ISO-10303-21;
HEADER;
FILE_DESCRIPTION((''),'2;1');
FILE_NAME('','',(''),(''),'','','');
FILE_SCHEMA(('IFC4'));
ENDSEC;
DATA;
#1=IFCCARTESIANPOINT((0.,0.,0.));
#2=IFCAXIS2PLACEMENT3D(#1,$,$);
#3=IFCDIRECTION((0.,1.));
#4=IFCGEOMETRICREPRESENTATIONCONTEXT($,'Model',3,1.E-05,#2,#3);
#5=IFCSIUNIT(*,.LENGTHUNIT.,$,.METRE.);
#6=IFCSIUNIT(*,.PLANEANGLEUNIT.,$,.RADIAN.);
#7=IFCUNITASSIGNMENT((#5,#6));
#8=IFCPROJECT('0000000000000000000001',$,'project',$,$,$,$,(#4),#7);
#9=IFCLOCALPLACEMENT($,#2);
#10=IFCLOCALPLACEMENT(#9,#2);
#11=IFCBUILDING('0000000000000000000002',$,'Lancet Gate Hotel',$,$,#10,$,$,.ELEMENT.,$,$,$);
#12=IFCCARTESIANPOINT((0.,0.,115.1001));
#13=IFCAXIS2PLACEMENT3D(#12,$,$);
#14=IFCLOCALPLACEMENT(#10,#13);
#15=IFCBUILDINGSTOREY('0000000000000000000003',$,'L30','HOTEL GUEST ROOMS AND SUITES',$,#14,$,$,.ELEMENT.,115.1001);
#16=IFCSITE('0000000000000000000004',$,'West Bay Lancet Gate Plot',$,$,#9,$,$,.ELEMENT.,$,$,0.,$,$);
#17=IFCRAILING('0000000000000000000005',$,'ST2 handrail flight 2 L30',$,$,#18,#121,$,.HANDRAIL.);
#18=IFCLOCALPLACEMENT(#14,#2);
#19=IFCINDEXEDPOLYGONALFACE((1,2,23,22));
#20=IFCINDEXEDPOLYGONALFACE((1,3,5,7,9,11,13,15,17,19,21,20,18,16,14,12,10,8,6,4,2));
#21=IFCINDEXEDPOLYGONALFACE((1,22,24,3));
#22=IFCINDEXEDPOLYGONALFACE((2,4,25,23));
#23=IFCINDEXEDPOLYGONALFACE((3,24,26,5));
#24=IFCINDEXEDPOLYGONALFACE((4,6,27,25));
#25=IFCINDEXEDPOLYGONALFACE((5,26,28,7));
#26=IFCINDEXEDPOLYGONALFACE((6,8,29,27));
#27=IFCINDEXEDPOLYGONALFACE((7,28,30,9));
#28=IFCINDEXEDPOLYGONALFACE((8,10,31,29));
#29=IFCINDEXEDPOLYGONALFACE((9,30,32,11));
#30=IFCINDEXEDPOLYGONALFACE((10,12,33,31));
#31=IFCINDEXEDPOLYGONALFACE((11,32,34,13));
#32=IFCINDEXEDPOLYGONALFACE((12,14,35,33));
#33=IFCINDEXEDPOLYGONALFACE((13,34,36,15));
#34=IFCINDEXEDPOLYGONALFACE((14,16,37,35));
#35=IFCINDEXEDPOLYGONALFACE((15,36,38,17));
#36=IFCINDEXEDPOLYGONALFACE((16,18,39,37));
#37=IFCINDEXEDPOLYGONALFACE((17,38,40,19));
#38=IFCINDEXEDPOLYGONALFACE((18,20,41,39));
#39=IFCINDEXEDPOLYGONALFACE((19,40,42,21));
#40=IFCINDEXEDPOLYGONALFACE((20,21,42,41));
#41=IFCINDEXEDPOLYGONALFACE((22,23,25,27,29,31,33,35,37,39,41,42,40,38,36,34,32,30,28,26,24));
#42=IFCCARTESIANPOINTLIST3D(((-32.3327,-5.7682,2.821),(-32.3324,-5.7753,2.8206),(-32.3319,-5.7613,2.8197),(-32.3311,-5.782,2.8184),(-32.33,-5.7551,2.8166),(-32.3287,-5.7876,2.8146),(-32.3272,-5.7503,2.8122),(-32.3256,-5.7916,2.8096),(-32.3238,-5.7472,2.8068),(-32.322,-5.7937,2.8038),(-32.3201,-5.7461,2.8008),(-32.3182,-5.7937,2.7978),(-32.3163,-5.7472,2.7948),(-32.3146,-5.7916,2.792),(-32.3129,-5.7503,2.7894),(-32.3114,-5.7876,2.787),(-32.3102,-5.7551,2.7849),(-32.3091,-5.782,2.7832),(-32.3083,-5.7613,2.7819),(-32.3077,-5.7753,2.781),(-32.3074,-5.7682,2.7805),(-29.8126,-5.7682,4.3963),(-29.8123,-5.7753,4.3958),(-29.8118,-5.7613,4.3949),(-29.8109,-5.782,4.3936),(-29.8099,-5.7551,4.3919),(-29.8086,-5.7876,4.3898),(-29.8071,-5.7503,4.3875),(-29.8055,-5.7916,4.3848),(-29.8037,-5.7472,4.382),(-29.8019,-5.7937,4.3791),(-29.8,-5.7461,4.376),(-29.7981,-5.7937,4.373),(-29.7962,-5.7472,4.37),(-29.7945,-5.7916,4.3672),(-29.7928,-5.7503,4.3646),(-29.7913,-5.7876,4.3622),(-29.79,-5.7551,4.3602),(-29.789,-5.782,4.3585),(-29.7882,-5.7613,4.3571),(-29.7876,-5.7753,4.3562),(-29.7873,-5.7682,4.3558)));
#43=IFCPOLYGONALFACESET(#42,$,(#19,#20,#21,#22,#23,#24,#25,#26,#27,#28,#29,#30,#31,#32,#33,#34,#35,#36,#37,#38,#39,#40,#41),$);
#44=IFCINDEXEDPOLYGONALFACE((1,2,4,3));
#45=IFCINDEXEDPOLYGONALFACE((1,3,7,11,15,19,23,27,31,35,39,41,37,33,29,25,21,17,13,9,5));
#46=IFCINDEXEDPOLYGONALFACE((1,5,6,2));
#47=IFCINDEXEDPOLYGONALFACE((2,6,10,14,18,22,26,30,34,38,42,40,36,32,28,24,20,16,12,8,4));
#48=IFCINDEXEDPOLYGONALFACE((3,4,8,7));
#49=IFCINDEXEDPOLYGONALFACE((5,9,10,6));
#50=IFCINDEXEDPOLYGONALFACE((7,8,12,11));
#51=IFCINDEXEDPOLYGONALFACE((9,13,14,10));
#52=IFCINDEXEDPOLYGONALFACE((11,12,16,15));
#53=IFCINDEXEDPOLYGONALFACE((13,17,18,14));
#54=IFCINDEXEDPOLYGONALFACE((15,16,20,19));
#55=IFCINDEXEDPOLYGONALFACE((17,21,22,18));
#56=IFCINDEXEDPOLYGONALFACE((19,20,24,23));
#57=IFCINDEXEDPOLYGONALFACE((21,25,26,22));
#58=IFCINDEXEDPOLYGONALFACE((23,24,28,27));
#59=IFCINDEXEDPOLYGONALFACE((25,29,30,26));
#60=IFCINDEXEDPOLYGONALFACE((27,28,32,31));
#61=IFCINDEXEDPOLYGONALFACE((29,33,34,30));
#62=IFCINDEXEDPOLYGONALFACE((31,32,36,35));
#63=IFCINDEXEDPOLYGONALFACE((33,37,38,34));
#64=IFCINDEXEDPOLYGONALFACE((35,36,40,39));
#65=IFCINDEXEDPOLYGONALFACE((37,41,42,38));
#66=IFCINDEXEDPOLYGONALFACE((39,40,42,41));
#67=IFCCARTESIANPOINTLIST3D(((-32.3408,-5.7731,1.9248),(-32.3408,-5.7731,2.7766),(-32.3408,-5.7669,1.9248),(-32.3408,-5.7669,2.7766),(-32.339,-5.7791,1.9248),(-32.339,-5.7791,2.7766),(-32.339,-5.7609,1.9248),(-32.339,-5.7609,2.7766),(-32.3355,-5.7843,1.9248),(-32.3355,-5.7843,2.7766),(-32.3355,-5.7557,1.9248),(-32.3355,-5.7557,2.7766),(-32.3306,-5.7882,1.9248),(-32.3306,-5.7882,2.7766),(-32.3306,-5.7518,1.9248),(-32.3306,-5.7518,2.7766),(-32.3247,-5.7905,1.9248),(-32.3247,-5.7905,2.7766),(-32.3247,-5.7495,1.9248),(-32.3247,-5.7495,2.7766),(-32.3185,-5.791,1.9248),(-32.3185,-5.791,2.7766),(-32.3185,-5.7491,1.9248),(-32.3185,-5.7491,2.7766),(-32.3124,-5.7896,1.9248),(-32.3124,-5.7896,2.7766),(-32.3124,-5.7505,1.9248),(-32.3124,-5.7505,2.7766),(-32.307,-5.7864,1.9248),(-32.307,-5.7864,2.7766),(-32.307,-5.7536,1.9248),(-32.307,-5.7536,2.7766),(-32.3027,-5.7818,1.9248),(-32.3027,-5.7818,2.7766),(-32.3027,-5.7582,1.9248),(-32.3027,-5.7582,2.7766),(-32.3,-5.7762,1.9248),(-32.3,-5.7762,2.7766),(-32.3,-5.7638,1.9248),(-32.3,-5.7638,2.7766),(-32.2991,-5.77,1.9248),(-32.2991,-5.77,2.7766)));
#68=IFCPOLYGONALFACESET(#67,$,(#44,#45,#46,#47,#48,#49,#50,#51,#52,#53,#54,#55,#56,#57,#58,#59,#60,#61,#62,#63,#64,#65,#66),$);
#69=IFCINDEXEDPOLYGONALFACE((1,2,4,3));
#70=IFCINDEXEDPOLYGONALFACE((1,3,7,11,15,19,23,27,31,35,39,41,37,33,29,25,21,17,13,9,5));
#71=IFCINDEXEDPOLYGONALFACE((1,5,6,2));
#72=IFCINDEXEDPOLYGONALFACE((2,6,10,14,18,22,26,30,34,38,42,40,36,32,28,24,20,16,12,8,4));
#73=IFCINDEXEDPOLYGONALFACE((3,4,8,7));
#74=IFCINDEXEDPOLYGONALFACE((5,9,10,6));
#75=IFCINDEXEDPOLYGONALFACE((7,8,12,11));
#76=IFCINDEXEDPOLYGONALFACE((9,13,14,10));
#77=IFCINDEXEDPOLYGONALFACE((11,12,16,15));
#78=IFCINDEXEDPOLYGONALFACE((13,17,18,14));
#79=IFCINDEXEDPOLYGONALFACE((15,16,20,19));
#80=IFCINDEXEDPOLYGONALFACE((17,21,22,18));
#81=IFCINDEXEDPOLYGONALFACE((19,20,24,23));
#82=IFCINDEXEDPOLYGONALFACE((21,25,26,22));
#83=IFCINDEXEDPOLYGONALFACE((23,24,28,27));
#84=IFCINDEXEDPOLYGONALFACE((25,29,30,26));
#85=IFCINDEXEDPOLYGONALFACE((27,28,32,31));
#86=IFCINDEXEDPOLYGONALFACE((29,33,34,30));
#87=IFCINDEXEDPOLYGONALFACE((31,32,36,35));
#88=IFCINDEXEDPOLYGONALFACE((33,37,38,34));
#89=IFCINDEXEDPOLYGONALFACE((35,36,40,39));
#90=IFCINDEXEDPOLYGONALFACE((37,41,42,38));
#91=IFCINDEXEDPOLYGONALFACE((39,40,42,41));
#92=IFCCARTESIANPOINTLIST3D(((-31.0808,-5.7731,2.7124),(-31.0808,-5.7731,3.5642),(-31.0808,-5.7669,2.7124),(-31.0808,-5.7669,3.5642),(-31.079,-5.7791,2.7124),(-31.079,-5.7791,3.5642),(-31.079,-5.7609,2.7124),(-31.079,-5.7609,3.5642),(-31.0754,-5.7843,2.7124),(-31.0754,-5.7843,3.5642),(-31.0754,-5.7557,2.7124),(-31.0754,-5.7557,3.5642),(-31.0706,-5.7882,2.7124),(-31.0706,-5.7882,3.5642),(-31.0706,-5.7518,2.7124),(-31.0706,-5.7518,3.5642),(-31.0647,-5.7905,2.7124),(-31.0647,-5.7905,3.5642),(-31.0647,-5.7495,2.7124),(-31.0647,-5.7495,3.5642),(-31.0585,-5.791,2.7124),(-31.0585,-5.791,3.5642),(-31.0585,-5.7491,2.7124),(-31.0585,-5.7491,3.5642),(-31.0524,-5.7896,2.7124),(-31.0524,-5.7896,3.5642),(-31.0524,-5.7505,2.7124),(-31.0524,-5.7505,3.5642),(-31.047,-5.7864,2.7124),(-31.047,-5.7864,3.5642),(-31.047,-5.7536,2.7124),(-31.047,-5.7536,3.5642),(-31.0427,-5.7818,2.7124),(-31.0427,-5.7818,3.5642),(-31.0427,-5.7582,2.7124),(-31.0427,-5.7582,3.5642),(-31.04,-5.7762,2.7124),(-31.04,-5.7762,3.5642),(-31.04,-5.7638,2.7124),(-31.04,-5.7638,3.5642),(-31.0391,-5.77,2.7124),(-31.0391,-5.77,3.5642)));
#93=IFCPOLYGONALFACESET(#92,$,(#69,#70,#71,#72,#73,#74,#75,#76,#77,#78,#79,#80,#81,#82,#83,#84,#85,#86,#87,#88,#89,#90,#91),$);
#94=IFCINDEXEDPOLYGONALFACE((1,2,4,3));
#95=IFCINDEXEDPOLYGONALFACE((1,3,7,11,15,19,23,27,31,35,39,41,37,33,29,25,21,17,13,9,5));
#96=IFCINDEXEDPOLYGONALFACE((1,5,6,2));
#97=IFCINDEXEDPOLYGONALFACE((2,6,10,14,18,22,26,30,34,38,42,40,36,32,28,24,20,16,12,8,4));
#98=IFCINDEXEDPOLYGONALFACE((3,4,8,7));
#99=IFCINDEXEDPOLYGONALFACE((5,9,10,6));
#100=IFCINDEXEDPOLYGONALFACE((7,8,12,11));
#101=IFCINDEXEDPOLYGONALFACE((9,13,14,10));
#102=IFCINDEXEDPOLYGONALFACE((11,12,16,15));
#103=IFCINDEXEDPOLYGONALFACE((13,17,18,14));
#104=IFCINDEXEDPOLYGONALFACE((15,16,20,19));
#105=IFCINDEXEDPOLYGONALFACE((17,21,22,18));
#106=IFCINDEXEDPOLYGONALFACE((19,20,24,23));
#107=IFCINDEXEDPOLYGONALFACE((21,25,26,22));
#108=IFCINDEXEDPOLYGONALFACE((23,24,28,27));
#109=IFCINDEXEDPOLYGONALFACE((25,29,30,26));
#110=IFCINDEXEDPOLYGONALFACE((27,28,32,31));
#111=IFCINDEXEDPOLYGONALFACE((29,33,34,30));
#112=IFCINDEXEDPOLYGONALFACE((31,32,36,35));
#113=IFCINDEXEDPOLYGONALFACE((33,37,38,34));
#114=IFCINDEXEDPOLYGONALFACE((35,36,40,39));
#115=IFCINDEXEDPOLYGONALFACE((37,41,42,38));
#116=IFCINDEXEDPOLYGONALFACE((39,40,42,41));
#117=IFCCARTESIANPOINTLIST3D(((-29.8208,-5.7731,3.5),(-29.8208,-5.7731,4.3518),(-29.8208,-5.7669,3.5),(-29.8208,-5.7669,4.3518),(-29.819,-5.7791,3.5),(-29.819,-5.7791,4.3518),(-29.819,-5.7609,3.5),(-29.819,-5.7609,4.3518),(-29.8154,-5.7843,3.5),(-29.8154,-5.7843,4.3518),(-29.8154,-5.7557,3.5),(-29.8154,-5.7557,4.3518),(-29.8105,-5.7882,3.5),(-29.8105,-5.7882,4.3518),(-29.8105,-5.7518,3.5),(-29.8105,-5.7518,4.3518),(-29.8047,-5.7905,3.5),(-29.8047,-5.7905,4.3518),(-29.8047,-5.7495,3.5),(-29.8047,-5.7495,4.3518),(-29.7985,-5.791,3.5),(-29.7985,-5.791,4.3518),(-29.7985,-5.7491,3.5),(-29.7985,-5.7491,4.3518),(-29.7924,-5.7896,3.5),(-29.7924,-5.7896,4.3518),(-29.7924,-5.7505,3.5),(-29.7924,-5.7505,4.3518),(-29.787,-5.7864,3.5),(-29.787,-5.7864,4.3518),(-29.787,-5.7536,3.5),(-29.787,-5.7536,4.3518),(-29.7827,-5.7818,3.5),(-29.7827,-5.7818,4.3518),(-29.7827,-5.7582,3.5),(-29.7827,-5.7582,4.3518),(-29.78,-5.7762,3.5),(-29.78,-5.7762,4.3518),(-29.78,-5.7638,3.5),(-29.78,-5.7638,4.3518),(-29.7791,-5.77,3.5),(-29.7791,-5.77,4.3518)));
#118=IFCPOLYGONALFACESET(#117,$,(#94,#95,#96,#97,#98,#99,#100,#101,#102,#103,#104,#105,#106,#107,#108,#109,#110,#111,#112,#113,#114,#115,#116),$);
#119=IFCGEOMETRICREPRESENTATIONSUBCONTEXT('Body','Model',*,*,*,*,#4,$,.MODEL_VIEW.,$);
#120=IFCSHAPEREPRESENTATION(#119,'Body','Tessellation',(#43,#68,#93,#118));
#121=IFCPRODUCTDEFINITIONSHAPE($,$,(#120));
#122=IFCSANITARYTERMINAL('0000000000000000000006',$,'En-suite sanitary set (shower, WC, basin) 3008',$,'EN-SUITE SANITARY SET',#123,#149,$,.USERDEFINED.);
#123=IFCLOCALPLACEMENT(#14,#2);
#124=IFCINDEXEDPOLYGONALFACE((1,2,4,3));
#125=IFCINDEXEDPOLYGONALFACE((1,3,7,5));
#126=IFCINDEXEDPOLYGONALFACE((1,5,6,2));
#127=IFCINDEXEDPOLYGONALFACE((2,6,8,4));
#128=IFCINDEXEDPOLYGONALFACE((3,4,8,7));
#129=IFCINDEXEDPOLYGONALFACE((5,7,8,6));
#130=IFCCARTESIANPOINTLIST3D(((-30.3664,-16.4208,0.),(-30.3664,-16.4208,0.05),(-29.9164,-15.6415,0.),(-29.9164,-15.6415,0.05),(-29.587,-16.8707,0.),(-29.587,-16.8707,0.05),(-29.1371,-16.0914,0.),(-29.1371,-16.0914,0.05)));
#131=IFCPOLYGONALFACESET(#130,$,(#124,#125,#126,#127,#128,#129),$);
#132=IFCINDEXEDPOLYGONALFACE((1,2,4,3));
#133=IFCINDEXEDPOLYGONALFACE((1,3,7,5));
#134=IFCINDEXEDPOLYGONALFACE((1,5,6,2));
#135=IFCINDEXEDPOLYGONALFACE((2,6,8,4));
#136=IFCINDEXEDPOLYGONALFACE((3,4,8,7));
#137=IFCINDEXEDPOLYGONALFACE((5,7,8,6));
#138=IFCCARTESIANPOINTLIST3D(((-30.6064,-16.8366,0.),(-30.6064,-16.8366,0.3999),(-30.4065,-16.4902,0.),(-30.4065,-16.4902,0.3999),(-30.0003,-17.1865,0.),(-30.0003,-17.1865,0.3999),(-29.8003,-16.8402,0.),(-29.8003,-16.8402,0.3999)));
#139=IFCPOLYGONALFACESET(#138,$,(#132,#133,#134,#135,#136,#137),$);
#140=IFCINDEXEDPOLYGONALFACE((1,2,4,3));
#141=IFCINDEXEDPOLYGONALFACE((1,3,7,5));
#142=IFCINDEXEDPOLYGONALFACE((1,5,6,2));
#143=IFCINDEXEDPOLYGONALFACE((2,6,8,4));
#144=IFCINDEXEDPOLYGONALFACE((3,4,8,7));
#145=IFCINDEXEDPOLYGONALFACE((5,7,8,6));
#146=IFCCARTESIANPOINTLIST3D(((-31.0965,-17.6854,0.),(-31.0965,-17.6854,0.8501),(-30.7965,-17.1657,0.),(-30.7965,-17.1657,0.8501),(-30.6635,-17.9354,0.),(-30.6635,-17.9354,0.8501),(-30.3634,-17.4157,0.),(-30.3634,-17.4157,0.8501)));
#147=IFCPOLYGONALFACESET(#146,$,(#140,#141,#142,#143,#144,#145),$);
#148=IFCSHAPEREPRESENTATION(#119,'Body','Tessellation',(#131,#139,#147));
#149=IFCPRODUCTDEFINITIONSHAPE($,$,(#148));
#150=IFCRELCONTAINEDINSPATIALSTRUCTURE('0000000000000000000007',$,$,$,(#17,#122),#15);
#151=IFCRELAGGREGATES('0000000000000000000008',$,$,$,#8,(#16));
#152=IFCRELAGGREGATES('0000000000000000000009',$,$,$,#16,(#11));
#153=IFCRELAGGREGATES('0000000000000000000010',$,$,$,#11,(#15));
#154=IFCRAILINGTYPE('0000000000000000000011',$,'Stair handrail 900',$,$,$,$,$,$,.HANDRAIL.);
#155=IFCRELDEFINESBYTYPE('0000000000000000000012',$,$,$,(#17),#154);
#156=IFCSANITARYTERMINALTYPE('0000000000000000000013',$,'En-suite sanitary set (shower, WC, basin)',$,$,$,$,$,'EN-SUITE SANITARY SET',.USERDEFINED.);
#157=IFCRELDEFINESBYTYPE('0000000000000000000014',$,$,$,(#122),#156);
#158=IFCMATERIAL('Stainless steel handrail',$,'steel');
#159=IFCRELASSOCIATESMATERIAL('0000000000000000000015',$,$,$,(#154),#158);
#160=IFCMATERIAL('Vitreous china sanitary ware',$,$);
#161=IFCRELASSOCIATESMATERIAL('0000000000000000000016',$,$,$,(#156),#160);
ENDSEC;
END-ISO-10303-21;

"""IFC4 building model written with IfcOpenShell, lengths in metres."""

from ifc_helpers import new_model, si_unit, direction, frame, origin, origin_2d, place, context, subcontext, project, spatial, rectangle, circle, extrude, material, type_object, element, save


model = new_model("IFC4")

# Units and contexts
model_context = context("Model", 3, precision=1e-05, world=origin(), true_north=direction((0.0, 1.0)))
body_context = subcontext(model_context, "Body", "Model", "MODEL_VIEW")
ifc_project = project(units=[si_unit("LENGTHUNIT", "METRE"), si_unit("PLANEANGLEUNIT", "RADIAN")], contexts=[model_context])

# Site, building, storey
site_placement = place(None, origin())
site = spatial("IfcSite", under=ifc_project, at=site_placement, Name="West Bay Lancet Gate Plot", CompositionType="ELEMENT", RefElevation=0.0)
building_placement = place(site_placement, origin())
building = spatial("IfcBuilding", under=site, at=building_placement, Name="Lancet Gate Hotel", CompositionType="ELEMENT")
storey_placement = place(building_placement, frame((0.0, 0.0, 115.1001)))
storey = spatial("IfcBuildingStorey", under=building, at=storey_placement, Name="L30", Description="HOTEL GUEST ROOMS AND SUITES", CompositionType="ELEMENT", Elevation=115.1001)

# Railing
ifc_material_1 = material(Name="Stainless steel handrail", Category="steel")
railing_type = type_object("IfcRailingType", Name="Stair handrail 900", PredefinedType="HANDRAIL", material=ifc_material_1)
railing_1_placement = place(storey_placement, frame((-32.3201, -5.77, 1.9248)))
element("IfcRailing", 1, at=railing_1_placement, inside=storey, type_object=railing_type, Name="ST2 handrail flight 2 L30", PredefinedType="HANDRAIL", context=body_context, shape_type="SweptSolid", body=[
    extrude(circle(Radius=0.0239, at=origin_2d()), frame((0.0, 0.0, 0.876), z_axis=(0.847971, 0.0, 0.530043), x_axis=(0.0, 1.0, 0.0)), (0.0, 0.0, 1.0), 2.9719),
    extrude(circle(Radius=0.021, at=origin_2d()), origin(), (0.0, 0.0, 1.0), 0.8518),
    extrude(circle(Radius=0.021, at=origin_2d()), frame((1.26, 0.0, 0.7876)), (0.0, 0.0, 1.0), 0.8518),
    extrude(circle(Radius=0.021, at=origin_2d()), frame((2.52, 0.0, 1.5752)), (0.0, 0.0, 1.0), 0.8518),
])

# Sanitary terminal
ifc_material_2 = material(Name="Vitreous china sanitary ware")
sanitary_terminal_type = type_object("IfcSanitaryTerminalType", Name="En-suite sanitary set (shower, WC, basin)", ElementType="EN-SUITE SANITARY SET", PredefinedType="USERDEFINED", material=ifc_material_2)
sanitary_terminal_placement = place(storey_placement, frame((-29.7517, -16.2561, 0.0), z_axis=(0.0, 0.0, 1.0), x_axis=(1.0, 0.0, 0.0)))
element("IfcSanitaryTerminal", 2, at=sanitary_terminal_placement, inside=storey, type_object=sanitary_terminal_type, Name="En-suite sanitary set (shower, WC, basin) 3008", ObjectType="EN-SUITE SANITARY SET", PredefinedType="USERDEFINED", context=body_context, shape_type="SweptSolid", body=[
    extrude(rectangle(XDim=0.8999, YDim=0.8999, at=origin_2d()), frame((0.0, 0.0, 0.0), z_axis=(0.0, 0.0, 1.0), x_axis=(0.5, 0.866025, 0.0)), (0.0, 0.0, 1.0), 0.05),
    extrude(rectangle(XDim=0.3999, YDim=0.7, at=origin_2d()), frame((-0.4517, -0.5823, 0.0), z_axis=(0.0, 0.0, 1.0), x_axis=(0.5, 0.866025, 0.0)), (0.0, 0.0, 1.0), 0.3999),
    extrude(rectangle(XDim=0.6001, YDim=0.5, at=origin_2d()), frame((-0.9783, -1.2944, 0.0), z_axis=(0.0, 0.0, 1.0), x_axis=(0.5, 0.866025, 0.0)), (0.0, 0.0, 1.0), 0.8501),
])

save(model, "model.ifc")
